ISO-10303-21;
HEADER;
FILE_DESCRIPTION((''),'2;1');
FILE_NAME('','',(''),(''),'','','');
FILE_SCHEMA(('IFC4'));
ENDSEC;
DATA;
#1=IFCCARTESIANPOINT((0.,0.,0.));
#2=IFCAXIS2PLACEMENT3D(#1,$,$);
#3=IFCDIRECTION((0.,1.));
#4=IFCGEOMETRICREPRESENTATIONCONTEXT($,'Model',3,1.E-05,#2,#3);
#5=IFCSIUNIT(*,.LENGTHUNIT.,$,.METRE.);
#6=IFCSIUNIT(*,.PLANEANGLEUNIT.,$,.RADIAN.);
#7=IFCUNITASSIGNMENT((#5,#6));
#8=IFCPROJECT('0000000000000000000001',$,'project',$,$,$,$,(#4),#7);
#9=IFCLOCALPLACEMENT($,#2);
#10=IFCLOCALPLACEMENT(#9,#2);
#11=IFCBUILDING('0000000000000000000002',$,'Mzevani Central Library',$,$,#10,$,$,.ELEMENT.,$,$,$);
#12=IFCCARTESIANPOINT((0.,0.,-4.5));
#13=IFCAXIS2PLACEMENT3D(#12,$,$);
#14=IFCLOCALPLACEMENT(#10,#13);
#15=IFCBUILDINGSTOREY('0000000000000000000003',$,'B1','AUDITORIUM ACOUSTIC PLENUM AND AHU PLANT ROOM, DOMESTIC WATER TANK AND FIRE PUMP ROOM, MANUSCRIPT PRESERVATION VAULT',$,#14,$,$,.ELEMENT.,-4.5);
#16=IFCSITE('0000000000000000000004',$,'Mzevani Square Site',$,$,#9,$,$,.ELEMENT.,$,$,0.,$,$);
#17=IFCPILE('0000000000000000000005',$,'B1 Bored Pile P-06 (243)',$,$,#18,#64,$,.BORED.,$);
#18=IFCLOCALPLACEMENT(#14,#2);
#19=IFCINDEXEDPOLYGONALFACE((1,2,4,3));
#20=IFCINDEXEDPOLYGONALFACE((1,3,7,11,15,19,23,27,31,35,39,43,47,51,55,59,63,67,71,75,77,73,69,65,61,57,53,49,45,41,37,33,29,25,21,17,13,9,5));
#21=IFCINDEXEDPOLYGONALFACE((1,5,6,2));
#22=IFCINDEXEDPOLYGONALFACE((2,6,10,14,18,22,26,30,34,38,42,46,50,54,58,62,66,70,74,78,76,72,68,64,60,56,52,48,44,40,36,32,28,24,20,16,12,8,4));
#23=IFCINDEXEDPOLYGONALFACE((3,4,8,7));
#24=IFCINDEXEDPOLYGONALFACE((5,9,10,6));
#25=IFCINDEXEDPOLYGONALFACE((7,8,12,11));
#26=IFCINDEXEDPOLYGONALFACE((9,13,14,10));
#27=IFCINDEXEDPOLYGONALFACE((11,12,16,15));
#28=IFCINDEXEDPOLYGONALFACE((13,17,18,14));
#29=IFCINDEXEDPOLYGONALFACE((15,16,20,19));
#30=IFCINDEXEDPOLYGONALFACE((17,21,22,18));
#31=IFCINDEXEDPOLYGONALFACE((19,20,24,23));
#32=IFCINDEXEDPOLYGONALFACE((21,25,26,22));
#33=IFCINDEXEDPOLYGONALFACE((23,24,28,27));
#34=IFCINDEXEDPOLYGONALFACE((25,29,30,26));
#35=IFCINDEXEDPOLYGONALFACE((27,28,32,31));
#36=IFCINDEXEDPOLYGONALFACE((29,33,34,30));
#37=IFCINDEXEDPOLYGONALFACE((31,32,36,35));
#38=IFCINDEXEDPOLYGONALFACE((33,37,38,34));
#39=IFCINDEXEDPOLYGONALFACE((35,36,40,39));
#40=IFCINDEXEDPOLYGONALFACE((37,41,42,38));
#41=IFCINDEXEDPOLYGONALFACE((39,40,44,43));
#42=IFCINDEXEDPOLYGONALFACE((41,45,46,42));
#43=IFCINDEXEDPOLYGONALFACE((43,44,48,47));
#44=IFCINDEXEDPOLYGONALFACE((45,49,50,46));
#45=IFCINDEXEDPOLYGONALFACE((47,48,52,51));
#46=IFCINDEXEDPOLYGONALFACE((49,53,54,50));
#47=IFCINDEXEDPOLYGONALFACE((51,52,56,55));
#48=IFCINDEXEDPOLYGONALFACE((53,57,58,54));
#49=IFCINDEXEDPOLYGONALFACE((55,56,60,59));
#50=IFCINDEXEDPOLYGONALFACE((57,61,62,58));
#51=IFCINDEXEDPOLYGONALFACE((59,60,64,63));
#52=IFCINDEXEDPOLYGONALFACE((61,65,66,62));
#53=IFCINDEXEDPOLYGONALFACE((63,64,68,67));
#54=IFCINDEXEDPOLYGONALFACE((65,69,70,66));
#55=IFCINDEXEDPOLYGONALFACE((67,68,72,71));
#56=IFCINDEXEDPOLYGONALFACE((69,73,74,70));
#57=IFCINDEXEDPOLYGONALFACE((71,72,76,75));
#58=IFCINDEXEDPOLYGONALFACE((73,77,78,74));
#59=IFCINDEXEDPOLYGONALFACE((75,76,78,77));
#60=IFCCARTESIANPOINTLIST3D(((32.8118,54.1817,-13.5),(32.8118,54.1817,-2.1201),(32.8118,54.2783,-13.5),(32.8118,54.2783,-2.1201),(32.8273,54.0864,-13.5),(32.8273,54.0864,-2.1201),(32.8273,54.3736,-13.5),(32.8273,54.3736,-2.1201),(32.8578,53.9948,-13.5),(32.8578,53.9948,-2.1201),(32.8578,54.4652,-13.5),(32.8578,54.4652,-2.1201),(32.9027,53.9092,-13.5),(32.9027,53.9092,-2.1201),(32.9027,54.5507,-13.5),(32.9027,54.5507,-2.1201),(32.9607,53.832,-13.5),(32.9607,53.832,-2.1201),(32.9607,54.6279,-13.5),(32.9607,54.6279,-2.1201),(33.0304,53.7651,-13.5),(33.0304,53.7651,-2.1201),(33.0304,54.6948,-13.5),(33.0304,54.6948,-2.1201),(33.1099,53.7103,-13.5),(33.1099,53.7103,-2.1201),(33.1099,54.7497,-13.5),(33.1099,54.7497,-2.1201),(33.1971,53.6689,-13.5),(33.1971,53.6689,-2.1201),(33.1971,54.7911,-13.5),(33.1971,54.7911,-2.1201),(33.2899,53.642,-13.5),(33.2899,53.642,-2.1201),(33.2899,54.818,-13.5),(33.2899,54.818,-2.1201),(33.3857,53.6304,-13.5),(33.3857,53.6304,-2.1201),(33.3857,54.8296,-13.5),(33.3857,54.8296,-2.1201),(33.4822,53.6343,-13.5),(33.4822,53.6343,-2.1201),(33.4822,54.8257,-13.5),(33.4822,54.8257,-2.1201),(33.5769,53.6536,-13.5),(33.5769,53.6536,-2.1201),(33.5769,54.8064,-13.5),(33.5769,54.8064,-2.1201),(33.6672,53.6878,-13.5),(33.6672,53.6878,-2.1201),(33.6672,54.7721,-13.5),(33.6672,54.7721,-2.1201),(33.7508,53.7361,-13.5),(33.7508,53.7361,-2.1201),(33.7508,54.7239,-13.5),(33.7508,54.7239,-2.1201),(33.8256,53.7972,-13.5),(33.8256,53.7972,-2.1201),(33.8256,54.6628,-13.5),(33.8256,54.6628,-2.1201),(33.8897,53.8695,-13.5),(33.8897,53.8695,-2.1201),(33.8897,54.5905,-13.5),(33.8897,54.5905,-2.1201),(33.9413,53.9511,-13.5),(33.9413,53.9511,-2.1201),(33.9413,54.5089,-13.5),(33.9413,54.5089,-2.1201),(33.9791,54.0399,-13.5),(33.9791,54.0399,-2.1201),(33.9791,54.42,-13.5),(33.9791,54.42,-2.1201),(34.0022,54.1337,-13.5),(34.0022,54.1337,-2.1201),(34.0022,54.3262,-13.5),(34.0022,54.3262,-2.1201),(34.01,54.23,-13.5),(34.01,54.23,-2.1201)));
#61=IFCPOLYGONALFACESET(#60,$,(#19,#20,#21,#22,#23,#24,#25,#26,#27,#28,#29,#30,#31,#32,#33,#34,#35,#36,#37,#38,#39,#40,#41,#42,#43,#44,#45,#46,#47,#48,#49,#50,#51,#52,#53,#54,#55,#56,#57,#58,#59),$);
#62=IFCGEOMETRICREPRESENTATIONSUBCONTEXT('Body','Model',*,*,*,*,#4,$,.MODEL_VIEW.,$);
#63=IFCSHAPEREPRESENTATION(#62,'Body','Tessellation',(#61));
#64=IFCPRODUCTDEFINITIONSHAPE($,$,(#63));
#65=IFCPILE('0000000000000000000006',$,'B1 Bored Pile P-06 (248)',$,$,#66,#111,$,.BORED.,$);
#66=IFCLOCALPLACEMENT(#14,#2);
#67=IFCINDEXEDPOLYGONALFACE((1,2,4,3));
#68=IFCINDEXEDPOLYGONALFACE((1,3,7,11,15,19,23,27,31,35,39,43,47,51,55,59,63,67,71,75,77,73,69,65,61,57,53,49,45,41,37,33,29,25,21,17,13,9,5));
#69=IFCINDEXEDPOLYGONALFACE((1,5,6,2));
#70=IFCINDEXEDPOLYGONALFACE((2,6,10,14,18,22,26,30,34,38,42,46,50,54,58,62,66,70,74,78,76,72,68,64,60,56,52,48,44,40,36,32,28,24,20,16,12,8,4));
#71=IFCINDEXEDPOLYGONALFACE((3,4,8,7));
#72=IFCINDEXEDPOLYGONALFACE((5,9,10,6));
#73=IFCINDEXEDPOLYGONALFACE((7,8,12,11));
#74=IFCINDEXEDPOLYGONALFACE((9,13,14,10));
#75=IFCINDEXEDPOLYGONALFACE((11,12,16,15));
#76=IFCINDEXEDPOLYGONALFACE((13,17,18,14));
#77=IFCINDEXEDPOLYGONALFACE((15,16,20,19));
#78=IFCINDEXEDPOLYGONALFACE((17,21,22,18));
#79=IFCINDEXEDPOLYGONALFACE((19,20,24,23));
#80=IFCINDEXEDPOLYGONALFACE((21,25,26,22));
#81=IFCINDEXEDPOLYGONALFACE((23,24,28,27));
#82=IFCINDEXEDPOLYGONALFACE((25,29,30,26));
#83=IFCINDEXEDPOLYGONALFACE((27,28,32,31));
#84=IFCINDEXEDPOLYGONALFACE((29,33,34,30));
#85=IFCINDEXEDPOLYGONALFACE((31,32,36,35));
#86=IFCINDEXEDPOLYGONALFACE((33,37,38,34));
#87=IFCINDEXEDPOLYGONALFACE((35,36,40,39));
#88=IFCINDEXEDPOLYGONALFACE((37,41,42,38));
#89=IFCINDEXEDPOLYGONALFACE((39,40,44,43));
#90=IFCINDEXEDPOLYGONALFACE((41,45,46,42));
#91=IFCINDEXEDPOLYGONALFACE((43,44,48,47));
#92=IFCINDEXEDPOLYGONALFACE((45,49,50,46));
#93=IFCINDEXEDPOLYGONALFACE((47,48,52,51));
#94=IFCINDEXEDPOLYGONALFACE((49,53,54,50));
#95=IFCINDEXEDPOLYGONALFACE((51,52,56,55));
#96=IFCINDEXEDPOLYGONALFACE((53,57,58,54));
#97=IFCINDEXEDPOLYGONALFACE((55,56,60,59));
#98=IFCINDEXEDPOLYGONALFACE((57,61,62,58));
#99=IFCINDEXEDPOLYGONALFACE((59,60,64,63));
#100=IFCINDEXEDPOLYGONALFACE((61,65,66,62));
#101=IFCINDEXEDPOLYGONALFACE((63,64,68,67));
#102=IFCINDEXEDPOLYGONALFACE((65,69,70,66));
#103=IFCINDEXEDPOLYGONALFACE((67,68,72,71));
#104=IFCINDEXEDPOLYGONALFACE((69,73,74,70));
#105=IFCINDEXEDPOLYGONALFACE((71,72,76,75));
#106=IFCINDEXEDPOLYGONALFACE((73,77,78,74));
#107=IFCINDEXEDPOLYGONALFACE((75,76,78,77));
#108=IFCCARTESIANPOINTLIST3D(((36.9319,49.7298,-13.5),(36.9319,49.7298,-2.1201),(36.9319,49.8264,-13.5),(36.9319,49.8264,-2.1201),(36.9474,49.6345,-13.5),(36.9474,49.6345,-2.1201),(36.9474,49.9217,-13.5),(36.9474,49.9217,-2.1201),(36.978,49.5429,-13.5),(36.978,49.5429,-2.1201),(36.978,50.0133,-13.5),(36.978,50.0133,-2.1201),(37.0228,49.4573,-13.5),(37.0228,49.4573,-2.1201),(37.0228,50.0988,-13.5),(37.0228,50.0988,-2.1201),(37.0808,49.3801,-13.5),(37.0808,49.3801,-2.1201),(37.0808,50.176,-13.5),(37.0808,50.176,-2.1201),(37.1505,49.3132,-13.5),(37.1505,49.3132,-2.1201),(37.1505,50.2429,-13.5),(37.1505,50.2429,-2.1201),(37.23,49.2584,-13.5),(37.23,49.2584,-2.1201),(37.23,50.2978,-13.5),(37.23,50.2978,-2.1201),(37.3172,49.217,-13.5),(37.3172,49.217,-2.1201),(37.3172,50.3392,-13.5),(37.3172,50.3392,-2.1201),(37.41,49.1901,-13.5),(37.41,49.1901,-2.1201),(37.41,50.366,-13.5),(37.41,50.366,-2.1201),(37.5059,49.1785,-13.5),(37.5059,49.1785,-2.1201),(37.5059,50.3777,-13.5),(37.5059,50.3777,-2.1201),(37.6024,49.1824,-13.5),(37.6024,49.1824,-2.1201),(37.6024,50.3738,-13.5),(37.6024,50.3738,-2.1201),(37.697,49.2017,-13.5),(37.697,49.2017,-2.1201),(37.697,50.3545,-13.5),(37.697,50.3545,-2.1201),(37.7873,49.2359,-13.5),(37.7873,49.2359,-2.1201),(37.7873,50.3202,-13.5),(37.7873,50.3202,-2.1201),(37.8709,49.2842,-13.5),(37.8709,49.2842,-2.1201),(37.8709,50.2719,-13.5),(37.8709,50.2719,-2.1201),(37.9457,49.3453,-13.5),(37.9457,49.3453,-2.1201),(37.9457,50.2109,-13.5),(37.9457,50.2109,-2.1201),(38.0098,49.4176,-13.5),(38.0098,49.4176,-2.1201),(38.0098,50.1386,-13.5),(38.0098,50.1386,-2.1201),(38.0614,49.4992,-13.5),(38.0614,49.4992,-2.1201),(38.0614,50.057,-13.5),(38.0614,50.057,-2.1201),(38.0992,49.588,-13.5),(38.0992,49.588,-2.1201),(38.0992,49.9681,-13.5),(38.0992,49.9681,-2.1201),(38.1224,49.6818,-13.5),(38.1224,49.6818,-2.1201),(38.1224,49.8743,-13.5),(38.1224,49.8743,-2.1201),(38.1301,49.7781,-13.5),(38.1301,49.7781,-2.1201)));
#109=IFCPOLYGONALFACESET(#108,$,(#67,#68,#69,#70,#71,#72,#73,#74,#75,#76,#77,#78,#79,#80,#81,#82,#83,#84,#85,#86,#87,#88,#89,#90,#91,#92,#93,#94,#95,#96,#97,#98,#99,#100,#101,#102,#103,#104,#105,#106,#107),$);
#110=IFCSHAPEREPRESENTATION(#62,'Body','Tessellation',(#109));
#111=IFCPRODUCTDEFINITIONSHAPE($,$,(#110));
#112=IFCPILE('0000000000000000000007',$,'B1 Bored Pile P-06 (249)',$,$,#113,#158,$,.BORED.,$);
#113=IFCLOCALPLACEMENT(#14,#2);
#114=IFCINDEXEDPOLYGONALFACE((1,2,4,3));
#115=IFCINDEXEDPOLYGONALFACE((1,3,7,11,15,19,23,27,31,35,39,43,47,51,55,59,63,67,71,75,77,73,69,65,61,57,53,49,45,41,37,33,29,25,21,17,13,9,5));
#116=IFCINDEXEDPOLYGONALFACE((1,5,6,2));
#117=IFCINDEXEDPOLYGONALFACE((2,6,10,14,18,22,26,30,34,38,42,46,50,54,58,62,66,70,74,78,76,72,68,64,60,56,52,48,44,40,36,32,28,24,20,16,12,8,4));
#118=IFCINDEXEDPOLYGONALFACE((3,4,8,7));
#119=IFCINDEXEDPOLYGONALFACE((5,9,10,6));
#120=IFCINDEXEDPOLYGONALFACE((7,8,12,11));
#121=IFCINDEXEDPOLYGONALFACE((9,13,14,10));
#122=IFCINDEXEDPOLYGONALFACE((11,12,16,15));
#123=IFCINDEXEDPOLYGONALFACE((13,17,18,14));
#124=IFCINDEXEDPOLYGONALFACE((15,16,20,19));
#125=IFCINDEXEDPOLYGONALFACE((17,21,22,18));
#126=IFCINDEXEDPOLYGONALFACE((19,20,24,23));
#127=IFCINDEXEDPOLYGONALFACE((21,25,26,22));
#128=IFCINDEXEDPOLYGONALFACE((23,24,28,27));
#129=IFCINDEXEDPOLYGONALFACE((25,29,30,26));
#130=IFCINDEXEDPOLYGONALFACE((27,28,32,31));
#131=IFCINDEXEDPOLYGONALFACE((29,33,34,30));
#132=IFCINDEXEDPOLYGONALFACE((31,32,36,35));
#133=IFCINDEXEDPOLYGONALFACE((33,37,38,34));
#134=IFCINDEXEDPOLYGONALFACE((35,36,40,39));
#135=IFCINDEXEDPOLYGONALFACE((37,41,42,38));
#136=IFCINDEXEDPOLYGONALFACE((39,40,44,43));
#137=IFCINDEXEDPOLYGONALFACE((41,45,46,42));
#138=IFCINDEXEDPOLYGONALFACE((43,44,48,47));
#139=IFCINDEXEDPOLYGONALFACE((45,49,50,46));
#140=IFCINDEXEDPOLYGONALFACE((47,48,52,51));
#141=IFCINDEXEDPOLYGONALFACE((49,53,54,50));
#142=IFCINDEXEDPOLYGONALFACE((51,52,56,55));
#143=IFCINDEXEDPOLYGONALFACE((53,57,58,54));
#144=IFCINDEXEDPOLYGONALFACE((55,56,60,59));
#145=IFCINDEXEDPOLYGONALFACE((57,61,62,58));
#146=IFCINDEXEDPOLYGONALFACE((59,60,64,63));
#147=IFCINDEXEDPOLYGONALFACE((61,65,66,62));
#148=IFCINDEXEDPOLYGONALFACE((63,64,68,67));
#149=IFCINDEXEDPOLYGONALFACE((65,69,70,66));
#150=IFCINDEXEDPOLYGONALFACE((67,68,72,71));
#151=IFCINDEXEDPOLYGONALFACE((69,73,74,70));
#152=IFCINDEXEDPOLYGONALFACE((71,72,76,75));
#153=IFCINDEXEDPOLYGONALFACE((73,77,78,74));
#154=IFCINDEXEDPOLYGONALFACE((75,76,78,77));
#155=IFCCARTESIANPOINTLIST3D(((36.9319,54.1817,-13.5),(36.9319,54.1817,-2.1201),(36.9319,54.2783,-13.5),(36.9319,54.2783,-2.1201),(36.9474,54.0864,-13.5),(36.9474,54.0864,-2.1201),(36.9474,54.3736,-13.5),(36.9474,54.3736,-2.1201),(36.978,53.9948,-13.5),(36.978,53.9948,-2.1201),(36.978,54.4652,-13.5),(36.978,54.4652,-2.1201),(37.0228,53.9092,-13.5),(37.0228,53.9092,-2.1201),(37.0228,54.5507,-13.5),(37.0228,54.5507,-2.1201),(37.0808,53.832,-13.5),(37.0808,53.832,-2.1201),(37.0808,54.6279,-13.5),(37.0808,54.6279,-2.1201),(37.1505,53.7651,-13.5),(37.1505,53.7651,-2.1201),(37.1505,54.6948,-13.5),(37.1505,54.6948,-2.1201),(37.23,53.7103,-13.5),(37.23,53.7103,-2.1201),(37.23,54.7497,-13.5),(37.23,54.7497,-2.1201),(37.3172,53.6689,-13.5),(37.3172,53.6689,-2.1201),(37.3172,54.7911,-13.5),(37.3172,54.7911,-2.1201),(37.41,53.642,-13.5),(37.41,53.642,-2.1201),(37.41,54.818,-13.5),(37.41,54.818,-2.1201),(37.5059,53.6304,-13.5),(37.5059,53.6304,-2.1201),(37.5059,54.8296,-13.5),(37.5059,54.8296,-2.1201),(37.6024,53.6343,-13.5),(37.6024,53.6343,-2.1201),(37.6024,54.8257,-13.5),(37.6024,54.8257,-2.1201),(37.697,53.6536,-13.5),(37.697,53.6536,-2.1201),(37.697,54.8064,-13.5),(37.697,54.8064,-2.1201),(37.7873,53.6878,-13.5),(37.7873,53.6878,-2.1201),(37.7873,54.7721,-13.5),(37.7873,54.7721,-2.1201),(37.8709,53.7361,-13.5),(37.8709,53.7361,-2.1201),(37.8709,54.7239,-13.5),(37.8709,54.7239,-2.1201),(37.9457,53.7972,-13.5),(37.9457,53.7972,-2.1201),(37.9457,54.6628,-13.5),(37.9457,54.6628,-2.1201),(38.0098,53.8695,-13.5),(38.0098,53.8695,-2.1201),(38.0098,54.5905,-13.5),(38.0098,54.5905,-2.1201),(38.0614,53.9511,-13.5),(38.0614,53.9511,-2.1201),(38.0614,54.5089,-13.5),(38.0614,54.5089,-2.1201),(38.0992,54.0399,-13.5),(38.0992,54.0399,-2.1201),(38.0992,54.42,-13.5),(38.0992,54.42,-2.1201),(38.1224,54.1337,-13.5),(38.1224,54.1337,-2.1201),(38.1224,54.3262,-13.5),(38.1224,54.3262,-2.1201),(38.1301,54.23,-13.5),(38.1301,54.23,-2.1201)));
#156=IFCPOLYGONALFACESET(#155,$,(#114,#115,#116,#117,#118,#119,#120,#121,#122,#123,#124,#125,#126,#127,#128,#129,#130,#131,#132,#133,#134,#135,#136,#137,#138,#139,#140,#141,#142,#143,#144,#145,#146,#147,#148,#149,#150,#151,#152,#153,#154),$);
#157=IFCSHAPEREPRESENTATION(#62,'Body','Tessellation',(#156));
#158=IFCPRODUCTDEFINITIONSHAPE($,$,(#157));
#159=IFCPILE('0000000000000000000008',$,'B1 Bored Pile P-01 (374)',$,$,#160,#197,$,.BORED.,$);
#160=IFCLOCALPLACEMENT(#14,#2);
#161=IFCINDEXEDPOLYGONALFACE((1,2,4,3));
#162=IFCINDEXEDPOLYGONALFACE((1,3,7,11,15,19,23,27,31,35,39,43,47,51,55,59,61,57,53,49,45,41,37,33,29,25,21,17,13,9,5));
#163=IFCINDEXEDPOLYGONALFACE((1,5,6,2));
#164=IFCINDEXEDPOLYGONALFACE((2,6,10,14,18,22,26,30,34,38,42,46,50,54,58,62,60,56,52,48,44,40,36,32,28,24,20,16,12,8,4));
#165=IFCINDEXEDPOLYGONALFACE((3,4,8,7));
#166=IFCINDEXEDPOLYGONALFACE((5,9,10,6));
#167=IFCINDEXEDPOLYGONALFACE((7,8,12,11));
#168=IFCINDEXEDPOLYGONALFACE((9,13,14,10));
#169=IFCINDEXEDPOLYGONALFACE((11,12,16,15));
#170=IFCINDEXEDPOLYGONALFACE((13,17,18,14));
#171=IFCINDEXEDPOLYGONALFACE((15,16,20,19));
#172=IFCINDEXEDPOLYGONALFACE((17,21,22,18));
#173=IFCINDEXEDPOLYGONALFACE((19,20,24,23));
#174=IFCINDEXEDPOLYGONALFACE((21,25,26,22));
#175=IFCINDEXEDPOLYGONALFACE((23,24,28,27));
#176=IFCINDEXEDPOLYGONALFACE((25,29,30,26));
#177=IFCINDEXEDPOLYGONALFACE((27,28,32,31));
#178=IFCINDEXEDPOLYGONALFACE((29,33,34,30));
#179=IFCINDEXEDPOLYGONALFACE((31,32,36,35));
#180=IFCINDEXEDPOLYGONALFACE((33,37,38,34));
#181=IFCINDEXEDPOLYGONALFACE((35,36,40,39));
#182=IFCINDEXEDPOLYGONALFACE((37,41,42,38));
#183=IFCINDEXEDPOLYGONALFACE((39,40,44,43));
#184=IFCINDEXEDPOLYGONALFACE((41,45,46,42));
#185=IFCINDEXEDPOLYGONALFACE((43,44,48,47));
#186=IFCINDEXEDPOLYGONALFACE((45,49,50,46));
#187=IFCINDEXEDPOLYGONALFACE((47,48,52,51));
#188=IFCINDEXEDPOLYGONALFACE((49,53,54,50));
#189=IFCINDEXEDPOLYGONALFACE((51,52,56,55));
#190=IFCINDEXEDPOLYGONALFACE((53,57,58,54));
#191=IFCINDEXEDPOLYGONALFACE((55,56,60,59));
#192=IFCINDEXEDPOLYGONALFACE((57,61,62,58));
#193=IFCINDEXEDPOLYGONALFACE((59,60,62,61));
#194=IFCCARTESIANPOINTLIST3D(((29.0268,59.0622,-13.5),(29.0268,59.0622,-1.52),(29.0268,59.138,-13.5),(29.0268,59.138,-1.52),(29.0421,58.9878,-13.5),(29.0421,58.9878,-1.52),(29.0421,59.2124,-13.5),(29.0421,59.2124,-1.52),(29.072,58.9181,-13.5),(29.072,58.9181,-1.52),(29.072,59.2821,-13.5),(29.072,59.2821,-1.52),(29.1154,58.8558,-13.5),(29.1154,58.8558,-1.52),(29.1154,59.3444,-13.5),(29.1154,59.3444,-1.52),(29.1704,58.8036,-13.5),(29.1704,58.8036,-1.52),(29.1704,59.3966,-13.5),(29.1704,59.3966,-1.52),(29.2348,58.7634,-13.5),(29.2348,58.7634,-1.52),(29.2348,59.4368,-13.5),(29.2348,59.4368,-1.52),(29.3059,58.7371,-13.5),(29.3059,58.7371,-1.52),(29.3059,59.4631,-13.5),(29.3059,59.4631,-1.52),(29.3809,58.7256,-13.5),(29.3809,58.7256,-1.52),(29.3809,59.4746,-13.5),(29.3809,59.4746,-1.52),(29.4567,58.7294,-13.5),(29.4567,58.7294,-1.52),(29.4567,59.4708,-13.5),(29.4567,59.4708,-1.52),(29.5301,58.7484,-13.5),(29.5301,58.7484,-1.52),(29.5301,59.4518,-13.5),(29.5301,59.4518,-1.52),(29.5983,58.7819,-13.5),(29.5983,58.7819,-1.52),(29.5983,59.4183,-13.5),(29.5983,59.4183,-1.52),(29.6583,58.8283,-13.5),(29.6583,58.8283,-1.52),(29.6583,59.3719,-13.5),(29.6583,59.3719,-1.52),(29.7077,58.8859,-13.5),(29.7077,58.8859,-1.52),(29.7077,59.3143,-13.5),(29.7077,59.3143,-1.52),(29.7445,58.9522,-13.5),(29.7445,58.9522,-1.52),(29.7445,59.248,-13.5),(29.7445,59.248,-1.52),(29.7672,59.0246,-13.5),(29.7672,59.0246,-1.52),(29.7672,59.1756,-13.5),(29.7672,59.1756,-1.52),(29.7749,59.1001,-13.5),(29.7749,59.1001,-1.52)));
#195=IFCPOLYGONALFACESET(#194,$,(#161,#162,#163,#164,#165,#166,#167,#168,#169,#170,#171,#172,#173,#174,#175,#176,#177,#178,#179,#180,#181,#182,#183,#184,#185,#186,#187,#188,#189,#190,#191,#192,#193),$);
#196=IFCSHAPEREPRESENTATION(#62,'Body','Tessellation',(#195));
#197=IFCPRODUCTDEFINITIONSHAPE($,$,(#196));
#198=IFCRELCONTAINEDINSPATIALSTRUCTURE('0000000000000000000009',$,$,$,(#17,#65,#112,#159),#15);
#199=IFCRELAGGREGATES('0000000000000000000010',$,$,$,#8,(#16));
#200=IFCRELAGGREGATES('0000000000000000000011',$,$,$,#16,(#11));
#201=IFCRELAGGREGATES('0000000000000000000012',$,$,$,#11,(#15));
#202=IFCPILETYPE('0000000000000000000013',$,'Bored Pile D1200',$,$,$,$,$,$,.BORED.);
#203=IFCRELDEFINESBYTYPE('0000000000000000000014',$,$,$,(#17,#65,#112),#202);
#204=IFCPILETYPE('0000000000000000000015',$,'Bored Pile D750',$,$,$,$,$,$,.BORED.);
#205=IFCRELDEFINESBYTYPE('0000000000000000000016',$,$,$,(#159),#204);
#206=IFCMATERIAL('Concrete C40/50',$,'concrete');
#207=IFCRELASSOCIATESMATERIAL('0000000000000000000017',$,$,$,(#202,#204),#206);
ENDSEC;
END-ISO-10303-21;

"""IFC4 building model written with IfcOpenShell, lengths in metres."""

from ifc_helpers import new_model, si_unit, direction, frame, origin, origin_2d, place, context, subcontext, project, spatial, circle, extrude, material, material_profile, profile_set, type_object, element, save


model = new_model("IFC4")

# Units and contexts
model_context = context("Model", 3, precision=1e-05, world=origin(), true_north=direction((0.0, 1.0)))
body_context = subcontext(model_context, "Body", "Model", "MODEL_VIEW")
ifc_project = project(units=[si_unit("LENGTHUNIT", "METRE"), si_unit("PLANEANGLEUNIT", "RADIAN")], contexts=[model_context])

# Site, building, storey
site_placement = place(None, origin())
site = spatial("IfcSite", under=ifc_project, at=site_placement, Name="Mzevani Square Site", CompositionType="ELEMENT", RefElevation=0.0)
building_placement = place(site_placement, origin())
building = spatial("IfcBuilding", under=site, at=building_placement, Name="Mzevani Central Library", CompositionType="ELEMENT")
storey_placement = place(building_placement, frame((0.0, 0.0, -4.5)))
storey = spatial("IfcBuildingStorey", under=building, at=storey_placement, Name="B1", Description="AUDITORIUM ACOUSTIC PLENUM AND AHU PLANT ROOM, DOMESTIC WATER TANK AND FIRE PUMP ROOM, MANUSCRIPT PRESERVATION VAULT", CompositionType="ELEMENT", Elevation=-4.5)

# Piles
ifc_material_1 = material(Name="Concrete C40/50", Category="concrete")
ifc_material_profile_1 = material_profile(ifc_material_1, circle(Radius=0.6001, at=origin_2d()), Name="PILE D1200")
ifc_profile_set_1 = profile_set([ifc_material_profile_1], Name="Concrete C40/50")
pile_type_1 = type_object("IfcPileType", Name="Bored Pile D1200", PredefinedType="BORED", material=ifc_profile_set_1)
for number, where, z_axis, x_axis, name in (
    (1, (33.4099, 54.23, -2.1201), (0.0, 0.0, -1.0), (1.0, 0.0, 0.0), "B1 Bored Pile P-06 (243)"),
    (2, (37.53, 49.7781, -2.1201), (0.0, 0.0, -1.0), (1.0, 0.0, 0.0), "B1 Bored Pile P-06 (248)"),
    (3, (37.53, 54.23, -2.1201), (0.0, 0.0, -1.0), (1.0, 0.0, 0.0), "B1 Bored Pile P-06 (249)"),
):
    element("IfcPile", number, at=place(storey_placement, frame(where, z_axis=z_axis, x_axis=x_axis)), inside=storey, type_object=pile_type_1, Name=name, PredefinedType="BORED", context=body_context, shape_type="SweptSolid", body=[
        extrude(circle(Radius=0.6001, at=origin_2d()), origin(), (0.0, 0.0, 1.0), 11.3799),
    ])
ifc_material_profile_2 = material_profile(ifc_material_1, circle(Radius=0.375, at=origin_2d()), Name="PILE D750")
ifc_profile_set_2 = profile_set([ifc_material_profile_2], Name="Concrete C40/50")
pile_type_2 = type_object("IfcPileType", Name="Bored Pile D750", PredefinedType="BORED", material=ifc_profile_set_2)
pile_1_placement = place(storey_placement, frame((29.3999, 59.1001, -1.52), z_axis=(0.0, 0.0, -1.0), x_axis=(1.0, 0.0, 0.0)))
element("IfcPile", 4, at=pile_1_placement, inside=storey, type_object=pile_type_2, Name="B1 Bored Pile P-01 (374)", PredefinedType="BORED", context=body_context, shape_type="SweptSolid", body=[
    extrude(circle(Radius=0.375, at=origin_2d()), origin(), (0.0, 0.0, 1.0), 11.98),
])

save(model, "model.ifc")
